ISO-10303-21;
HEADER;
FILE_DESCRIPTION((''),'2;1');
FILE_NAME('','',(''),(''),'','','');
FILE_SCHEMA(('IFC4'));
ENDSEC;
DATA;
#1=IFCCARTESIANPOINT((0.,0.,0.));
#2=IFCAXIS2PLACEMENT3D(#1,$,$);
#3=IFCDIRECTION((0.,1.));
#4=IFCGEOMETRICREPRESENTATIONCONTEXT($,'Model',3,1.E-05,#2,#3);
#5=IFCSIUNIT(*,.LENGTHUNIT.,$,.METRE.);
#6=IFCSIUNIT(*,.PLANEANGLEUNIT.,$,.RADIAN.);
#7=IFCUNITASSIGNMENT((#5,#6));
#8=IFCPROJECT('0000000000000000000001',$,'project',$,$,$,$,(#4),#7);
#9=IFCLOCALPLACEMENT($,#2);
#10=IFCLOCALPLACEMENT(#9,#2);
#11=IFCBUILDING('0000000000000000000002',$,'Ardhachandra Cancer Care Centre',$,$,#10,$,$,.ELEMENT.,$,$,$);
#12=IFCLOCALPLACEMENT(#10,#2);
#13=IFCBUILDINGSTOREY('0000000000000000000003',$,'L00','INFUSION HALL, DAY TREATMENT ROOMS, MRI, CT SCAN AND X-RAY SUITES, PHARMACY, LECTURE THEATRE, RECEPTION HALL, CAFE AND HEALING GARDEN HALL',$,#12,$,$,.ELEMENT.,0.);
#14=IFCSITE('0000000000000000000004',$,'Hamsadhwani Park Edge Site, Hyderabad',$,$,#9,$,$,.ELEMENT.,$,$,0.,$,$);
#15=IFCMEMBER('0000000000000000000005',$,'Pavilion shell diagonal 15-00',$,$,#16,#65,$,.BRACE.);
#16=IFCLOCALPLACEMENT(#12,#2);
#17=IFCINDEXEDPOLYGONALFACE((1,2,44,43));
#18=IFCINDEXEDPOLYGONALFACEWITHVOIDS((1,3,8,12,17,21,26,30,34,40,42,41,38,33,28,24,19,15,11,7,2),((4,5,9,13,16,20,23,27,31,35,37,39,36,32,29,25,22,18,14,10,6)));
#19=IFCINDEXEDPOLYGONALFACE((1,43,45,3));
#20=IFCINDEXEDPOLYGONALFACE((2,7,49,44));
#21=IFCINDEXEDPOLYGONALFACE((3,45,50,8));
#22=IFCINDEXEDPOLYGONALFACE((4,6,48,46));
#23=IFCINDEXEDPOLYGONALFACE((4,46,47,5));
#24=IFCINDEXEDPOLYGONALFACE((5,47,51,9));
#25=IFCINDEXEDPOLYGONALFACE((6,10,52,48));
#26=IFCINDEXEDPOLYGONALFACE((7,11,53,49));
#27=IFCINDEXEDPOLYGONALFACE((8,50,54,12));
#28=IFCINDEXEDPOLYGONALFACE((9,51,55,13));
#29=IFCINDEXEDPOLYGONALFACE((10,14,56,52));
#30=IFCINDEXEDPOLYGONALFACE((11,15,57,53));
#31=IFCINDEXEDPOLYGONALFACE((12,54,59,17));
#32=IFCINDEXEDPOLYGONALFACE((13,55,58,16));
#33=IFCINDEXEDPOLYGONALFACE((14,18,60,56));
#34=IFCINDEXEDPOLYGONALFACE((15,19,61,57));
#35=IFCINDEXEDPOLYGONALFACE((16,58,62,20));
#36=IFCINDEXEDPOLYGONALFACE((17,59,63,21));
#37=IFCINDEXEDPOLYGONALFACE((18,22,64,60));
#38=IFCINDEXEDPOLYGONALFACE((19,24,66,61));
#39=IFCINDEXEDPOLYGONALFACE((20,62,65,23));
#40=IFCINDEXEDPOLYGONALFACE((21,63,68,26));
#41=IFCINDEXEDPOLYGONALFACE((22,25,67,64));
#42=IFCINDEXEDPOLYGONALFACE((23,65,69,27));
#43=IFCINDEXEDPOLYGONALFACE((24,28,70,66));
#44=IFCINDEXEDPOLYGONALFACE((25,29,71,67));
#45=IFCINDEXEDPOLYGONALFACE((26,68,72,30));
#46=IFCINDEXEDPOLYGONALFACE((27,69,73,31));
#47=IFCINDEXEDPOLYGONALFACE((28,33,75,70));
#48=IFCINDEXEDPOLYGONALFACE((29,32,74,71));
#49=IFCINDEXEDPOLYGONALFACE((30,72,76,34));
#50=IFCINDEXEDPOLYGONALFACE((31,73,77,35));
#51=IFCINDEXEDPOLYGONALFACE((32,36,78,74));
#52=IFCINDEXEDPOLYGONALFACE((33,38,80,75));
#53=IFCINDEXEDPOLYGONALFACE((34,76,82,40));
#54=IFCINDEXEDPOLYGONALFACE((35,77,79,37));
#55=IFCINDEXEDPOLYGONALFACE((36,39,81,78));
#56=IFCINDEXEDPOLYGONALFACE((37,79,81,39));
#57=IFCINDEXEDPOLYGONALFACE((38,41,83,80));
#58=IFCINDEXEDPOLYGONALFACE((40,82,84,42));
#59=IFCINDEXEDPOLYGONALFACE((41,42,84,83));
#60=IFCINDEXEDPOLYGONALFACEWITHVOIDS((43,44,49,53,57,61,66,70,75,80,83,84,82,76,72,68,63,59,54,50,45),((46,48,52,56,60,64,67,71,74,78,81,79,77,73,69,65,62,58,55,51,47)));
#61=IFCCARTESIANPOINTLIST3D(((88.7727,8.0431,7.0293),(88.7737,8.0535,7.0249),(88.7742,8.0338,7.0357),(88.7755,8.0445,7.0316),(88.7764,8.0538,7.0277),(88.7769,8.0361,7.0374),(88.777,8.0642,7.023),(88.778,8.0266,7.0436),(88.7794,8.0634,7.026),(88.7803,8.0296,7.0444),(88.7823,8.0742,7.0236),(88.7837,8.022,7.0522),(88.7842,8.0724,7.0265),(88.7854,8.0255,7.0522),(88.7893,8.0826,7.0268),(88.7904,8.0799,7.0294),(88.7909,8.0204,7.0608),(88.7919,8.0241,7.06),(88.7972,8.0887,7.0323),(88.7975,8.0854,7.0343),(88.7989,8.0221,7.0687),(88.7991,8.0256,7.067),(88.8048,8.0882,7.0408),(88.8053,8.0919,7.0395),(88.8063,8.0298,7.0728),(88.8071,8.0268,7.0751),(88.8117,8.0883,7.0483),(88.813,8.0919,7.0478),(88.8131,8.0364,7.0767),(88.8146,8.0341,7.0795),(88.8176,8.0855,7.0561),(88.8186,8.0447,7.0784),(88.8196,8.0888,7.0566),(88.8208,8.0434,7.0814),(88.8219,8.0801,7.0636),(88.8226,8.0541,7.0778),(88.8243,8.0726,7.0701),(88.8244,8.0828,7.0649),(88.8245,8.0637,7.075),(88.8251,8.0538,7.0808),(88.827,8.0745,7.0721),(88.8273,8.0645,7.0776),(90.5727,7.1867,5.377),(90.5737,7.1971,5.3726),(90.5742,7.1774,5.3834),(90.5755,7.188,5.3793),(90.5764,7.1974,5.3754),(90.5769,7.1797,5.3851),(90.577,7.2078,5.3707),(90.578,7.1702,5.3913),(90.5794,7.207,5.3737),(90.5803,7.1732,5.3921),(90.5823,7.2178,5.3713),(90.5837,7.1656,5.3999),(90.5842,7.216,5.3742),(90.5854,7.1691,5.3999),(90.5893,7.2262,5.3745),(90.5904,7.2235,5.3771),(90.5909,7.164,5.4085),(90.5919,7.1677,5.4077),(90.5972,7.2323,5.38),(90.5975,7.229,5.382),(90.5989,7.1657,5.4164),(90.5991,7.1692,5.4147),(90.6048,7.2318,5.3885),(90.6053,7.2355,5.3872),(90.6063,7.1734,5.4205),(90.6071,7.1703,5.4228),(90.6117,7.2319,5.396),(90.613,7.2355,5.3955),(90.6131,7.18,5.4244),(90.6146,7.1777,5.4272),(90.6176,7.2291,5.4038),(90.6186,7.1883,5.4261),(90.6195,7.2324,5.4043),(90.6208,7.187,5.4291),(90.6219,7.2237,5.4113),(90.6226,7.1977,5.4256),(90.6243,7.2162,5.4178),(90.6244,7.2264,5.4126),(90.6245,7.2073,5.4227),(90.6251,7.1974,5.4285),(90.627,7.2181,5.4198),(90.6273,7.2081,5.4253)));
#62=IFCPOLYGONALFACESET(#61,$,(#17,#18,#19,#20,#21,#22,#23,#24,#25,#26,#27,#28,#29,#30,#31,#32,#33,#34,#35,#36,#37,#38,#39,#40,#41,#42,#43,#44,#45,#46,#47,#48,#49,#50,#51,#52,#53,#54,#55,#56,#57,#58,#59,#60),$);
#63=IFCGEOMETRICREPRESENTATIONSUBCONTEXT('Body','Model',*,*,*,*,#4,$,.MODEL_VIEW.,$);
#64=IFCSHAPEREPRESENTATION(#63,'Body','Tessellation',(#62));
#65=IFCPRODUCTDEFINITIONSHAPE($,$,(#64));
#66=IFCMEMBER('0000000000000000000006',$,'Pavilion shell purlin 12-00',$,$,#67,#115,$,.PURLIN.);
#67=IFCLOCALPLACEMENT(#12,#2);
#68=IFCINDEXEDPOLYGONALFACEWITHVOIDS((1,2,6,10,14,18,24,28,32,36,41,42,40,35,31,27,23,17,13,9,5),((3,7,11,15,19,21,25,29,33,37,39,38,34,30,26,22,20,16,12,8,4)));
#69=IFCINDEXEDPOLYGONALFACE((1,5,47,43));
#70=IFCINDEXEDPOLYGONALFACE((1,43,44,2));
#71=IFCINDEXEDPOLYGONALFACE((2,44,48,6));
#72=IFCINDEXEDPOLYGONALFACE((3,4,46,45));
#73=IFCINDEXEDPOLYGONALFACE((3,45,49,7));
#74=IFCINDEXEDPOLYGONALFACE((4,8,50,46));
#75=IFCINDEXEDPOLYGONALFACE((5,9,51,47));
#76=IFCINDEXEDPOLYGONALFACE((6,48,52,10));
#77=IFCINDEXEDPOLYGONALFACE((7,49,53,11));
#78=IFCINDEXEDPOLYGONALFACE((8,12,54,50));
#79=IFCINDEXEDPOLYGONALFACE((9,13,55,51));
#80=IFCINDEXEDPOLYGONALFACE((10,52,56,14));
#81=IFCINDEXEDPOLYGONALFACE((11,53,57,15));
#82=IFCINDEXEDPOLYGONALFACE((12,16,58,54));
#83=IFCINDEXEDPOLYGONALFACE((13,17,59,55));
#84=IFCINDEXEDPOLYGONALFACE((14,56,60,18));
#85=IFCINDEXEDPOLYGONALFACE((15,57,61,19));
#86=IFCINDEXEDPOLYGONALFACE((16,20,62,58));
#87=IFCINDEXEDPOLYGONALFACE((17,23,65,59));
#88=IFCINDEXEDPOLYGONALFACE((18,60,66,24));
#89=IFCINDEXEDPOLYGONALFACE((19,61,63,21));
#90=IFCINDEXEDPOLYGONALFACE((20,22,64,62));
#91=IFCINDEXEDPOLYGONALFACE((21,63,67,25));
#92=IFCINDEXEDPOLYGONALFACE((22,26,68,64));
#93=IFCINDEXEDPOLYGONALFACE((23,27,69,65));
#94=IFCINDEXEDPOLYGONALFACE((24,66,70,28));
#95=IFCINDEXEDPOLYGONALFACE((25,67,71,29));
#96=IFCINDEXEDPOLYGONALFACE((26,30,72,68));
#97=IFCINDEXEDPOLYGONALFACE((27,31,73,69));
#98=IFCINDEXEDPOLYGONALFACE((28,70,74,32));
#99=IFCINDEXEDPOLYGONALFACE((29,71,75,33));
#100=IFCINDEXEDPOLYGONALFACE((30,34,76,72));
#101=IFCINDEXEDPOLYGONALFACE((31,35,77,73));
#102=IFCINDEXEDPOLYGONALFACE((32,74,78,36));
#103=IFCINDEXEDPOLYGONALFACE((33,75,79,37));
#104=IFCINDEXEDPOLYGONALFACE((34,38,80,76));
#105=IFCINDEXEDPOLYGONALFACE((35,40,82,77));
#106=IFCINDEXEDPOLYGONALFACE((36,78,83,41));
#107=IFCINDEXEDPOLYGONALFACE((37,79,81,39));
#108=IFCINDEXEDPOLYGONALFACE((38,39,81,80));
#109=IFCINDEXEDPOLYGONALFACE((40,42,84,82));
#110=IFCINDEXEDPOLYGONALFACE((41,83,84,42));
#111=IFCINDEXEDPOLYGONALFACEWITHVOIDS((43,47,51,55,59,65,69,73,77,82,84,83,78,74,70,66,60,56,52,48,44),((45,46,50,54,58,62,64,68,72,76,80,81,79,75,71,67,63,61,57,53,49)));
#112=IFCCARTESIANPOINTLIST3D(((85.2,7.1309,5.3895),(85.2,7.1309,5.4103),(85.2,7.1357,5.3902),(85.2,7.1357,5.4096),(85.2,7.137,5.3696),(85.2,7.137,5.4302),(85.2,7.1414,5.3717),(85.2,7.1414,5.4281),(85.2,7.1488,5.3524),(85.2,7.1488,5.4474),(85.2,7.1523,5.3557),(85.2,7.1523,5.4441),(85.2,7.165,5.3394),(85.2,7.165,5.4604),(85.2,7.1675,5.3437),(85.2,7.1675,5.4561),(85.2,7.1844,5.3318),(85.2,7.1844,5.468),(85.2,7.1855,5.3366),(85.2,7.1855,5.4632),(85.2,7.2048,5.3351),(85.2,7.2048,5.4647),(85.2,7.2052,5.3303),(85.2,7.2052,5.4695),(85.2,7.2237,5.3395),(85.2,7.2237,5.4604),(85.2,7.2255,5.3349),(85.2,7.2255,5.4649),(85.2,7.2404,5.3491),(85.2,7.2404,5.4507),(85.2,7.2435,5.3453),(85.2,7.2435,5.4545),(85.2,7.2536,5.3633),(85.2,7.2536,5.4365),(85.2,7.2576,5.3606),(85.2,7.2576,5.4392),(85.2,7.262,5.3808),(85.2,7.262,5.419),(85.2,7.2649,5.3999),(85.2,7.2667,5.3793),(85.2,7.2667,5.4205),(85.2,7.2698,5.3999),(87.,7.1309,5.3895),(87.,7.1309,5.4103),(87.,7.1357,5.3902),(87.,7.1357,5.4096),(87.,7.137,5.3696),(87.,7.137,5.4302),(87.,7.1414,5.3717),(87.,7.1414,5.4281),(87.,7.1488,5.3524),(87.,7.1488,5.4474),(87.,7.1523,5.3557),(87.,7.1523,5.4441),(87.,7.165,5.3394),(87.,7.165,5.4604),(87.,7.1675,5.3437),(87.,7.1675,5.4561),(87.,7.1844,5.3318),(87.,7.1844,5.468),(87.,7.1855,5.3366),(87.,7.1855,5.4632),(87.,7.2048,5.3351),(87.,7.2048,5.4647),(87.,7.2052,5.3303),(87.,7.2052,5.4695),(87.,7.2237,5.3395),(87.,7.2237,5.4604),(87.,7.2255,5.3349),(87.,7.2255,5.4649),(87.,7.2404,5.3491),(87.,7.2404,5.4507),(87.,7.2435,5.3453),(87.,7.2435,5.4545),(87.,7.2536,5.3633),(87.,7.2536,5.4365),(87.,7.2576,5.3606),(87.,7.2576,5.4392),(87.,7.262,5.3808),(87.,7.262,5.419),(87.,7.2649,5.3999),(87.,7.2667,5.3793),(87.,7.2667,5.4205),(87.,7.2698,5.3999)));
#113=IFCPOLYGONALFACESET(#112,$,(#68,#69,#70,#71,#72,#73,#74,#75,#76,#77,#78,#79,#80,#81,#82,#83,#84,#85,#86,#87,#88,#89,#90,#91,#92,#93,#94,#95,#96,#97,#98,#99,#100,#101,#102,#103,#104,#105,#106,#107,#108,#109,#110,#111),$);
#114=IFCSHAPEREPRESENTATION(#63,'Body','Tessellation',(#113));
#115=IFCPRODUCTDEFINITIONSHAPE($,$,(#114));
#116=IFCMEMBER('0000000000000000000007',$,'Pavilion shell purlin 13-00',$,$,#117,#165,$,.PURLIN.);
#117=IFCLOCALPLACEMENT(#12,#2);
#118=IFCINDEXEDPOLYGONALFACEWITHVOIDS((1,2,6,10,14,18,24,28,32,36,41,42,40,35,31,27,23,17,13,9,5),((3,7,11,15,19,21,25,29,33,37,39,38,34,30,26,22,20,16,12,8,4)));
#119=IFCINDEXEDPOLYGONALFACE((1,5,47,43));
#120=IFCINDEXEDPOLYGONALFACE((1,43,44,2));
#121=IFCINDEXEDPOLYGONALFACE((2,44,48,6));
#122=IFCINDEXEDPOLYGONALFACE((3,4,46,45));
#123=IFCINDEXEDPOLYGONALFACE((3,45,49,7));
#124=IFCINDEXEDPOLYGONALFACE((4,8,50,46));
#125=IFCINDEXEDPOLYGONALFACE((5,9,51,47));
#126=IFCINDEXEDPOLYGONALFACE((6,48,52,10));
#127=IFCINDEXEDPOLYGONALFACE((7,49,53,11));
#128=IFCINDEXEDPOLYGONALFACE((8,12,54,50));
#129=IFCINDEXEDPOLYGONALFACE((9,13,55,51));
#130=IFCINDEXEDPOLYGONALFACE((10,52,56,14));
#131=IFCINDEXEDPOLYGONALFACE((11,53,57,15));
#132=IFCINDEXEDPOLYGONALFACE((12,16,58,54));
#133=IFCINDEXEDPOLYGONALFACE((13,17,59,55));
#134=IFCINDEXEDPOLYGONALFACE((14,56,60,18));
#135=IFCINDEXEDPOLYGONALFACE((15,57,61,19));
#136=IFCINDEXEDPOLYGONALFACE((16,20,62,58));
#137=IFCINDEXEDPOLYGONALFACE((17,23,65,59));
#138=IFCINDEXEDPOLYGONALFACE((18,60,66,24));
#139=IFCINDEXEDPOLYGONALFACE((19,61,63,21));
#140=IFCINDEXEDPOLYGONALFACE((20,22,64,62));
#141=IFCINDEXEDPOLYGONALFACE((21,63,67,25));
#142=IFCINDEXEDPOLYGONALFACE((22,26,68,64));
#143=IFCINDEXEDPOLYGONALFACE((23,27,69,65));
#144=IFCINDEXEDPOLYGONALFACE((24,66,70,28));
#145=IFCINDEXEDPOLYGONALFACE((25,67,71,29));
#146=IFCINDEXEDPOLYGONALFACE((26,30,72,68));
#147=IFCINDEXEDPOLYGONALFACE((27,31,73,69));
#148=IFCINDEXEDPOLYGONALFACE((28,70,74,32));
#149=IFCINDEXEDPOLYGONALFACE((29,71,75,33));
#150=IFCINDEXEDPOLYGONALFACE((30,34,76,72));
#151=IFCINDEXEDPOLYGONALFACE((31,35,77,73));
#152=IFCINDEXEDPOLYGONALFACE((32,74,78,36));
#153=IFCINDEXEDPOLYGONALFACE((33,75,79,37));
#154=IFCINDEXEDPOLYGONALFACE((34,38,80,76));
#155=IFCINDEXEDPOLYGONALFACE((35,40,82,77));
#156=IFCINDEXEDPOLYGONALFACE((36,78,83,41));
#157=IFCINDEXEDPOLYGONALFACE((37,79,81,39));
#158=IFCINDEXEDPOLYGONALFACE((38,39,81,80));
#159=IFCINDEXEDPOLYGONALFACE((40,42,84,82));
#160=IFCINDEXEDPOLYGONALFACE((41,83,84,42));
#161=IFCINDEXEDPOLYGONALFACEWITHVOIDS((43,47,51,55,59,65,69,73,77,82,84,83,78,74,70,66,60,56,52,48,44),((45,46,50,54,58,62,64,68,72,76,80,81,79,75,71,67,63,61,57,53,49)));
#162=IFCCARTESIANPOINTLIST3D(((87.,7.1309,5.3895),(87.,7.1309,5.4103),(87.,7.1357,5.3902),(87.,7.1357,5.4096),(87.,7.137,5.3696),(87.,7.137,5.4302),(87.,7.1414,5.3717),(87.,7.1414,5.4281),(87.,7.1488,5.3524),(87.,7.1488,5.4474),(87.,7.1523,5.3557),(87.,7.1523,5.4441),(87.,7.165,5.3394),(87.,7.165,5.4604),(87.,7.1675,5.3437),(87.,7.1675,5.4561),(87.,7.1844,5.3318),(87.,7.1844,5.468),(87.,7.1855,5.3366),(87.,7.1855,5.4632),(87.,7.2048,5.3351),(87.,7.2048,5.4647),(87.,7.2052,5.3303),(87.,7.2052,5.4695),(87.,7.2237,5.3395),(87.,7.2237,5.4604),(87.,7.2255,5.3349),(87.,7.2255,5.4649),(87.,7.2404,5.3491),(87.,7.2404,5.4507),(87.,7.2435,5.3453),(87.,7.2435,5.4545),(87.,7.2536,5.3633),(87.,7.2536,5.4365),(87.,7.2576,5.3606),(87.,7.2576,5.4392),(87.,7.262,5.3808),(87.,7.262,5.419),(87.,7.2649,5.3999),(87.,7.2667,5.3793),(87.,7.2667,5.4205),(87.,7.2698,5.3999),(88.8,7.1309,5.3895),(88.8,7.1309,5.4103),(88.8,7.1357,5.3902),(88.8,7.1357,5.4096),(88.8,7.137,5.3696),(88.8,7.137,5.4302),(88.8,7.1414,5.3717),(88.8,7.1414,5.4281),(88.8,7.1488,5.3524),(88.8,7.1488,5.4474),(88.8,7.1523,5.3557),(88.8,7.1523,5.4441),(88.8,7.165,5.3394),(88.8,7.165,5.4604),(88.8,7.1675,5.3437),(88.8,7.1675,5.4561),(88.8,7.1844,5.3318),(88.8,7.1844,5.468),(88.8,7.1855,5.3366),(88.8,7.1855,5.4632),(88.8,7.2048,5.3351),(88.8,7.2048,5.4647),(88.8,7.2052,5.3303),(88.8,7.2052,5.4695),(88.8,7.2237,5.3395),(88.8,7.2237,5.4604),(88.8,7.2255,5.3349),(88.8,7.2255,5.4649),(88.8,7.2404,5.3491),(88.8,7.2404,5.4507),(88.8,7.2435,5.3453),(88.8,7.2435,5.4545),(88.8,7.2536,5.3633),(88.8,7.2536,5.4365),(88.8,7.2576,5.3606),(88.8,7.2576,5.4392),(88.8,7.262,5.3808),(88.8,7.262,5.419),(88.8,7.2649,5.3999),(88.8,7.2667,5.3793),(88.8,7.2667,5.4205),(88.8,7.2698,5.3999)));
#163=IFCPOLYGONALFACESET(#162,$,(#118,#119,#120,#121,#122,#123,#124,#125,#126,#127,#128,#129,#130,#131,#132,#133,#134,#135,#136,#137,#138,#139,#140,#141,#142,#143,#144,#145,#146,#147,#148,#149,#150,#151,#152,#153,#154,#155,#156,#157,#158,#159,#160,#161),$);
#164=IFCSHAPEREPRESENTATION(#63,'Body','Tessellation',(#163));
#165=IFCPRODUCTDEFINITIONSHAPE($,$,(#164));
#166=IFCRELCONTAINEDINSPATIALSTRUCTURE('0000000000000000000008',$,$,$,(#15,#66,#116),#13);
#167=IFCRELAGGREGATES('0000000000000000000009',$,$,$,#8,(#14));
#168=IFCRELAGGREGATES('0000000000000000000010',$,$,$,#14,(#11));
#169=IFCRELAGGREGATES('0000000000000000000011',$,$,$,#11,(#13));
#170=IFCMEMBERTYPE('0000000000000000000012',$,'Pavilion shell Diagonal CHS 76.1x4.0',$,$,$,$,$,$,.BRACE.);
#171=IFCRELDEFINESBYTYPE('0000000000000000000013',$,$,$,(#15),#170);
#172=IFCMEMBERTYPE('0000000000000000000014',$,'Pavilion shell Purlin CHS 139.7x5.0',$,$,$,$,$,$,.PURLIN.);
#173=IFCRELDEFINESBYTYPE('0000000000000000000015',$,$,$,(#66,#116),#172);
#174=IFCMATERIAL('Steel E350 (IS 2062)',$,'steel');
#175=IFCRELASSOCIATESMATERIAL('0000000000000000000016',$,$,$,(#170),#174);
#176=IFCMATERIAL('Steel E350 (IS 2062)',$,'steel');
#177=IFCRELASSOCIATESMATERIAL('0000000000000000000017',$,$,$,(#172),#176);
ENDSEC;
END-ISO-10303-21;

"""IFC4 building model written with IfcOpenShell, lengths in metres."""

from ifc_helpers import new_model, si_unit, direction, frame, origin, origin_2d, place, context, subcontext, project, spatial, hollow_circle, extrude, material, material_profile, profile_set, type_object, element, save


model = new_model("IFC4")

# Units and contexts
model_context = context("Model", 3, precision=1e-05, world=origin(), true_north=direction((0.0, 1.0)))
body_context = subcontext(model_context, "Body", "Model", "MODEL_VIEW")
ifc_project = project(units=[si_unit("LENGTHUNIT", "METRE"), si_unit("PLANEANGLEUNIT", "RADIAN")], contexts=[model_context])

# Site, building, storey
site_placement = place(None, origin())
site = spatial("IfcSite", under=ifc_project, at=site_placement, Name="Hamsadhwani Park Edge Site, Hyderabad", CompositionType="ELEMENT", RefElevation=0.0)
building_placement = place(site_placement, origin())
building = spatial("IfcBuilding", under=site, at=building_placement, Name="Ardhachandra Cancer Care Centre", CompositionType="ELEMENT")
storey_placement = place(building_placement, origin())
storey = spatial("IfcBuildingStorey", under=building, at=storey_placement, Name="L00", Description="INFUSION HALL, DAY TREATMENT ROOMS, MRI, CT SCAN AND X-RAY SUITES, PHARMACY, LECTURE THEATRE, RECEPTION HALL, CAFE AND HEALING GARDEN HALL", CompositionType="ELEMENT", Elevation=0.0)

# Members
ifc_material_1 = material(Name="Steel E350 (IS 2062)", Category="steel")
ifc_material_profile_1 = material_profile(ifc_material_1, hollow_circle(Radius=0.0381, WallThickness=0.0039, at=origin_2d()), Name="CHS 76.1x4.0")
ifc_profile_set_1 = profile_set([ifc_material_profile_1], Name="Steel E350 (IS 2062)")
member_type_1 = type_object("IfcMemberType", Name="Pavilion shell Diagonal CHS 76.1x4.0", PredefinedType="BRACE", material=ifc_profile_set_1)
for number, where, z_axis, x_axis, name in (
    (1, (90.6001, 7.2, 5.3999), (-0.695216, 0.330777, 0.63817), (-0.429639, -0.903001, 0.0), "Pavilion shell diagonal 15-00"),
):
    element("IfcMember", number, at=place(storey_placement, frame(where, z_axis=z_axis, x_axis=x_axis)), inside=storey, type_object=member_type_1, Name=name, PredefinedType="BRACE", context=body_context, shape_type="SweptSolid", body=[
        extrude(hollow_circle(Radius=0.0381, WallThickness=0.0039, at=origin_2d()), origin(), (0.0, 0.0, 1.0), 2.5891),
    ])
ifc_material_2 = material(Name="Steel E350 (IS 2062)", Category="steel")
ifc_material_profile_2 = material_profile(ifc_material_2, hollow_circle(Radius=0.0698, WallThickness=0.0049, at=origin_2d()), Name="CHS 139.7x5.0")
ifc_profile_set_2 = profile_set([ifc_material_profile_2], Name="Steel E350 (IS 2062)")
member_type_2 = type_object("IfcMemberType", Name="Pavilion shell Purlin CHS 139.7x5.0", PredefinedType="PURLIN", material=ifc_profile_set_2)
for number, where, z_axis, x_axis, name in (
    (2, (85.2, 7.2, 5.3999), (1.0, 0.0, 0.0), (0.0, 1.0, 0.0), "Pavilion shell purlin 12-00"),
    (3, (87.0, 7.2, 5.3999), (1.0, 0.0, 0.0), (0.0, 1.0, 0.0), "Pavilion shell purlin 13-00"),
):
    element("IfcMember", number, at=place(storey_placement, frame(where, z_axis=z_axis, x_axis=x_axis)), inside=storey, type_object=member_type_2, Name=name, PredefinedType="PURLIN", context=body_context, shape_type="SweptSolid", body=[
        extrude(hollow_circle(Radius=0.0698, WallThickness=0.0049, at=origin_2d()), origin(), (0.0, 0.0, 1.0), 1.8),
    ])

save(model, "model.ifc")
